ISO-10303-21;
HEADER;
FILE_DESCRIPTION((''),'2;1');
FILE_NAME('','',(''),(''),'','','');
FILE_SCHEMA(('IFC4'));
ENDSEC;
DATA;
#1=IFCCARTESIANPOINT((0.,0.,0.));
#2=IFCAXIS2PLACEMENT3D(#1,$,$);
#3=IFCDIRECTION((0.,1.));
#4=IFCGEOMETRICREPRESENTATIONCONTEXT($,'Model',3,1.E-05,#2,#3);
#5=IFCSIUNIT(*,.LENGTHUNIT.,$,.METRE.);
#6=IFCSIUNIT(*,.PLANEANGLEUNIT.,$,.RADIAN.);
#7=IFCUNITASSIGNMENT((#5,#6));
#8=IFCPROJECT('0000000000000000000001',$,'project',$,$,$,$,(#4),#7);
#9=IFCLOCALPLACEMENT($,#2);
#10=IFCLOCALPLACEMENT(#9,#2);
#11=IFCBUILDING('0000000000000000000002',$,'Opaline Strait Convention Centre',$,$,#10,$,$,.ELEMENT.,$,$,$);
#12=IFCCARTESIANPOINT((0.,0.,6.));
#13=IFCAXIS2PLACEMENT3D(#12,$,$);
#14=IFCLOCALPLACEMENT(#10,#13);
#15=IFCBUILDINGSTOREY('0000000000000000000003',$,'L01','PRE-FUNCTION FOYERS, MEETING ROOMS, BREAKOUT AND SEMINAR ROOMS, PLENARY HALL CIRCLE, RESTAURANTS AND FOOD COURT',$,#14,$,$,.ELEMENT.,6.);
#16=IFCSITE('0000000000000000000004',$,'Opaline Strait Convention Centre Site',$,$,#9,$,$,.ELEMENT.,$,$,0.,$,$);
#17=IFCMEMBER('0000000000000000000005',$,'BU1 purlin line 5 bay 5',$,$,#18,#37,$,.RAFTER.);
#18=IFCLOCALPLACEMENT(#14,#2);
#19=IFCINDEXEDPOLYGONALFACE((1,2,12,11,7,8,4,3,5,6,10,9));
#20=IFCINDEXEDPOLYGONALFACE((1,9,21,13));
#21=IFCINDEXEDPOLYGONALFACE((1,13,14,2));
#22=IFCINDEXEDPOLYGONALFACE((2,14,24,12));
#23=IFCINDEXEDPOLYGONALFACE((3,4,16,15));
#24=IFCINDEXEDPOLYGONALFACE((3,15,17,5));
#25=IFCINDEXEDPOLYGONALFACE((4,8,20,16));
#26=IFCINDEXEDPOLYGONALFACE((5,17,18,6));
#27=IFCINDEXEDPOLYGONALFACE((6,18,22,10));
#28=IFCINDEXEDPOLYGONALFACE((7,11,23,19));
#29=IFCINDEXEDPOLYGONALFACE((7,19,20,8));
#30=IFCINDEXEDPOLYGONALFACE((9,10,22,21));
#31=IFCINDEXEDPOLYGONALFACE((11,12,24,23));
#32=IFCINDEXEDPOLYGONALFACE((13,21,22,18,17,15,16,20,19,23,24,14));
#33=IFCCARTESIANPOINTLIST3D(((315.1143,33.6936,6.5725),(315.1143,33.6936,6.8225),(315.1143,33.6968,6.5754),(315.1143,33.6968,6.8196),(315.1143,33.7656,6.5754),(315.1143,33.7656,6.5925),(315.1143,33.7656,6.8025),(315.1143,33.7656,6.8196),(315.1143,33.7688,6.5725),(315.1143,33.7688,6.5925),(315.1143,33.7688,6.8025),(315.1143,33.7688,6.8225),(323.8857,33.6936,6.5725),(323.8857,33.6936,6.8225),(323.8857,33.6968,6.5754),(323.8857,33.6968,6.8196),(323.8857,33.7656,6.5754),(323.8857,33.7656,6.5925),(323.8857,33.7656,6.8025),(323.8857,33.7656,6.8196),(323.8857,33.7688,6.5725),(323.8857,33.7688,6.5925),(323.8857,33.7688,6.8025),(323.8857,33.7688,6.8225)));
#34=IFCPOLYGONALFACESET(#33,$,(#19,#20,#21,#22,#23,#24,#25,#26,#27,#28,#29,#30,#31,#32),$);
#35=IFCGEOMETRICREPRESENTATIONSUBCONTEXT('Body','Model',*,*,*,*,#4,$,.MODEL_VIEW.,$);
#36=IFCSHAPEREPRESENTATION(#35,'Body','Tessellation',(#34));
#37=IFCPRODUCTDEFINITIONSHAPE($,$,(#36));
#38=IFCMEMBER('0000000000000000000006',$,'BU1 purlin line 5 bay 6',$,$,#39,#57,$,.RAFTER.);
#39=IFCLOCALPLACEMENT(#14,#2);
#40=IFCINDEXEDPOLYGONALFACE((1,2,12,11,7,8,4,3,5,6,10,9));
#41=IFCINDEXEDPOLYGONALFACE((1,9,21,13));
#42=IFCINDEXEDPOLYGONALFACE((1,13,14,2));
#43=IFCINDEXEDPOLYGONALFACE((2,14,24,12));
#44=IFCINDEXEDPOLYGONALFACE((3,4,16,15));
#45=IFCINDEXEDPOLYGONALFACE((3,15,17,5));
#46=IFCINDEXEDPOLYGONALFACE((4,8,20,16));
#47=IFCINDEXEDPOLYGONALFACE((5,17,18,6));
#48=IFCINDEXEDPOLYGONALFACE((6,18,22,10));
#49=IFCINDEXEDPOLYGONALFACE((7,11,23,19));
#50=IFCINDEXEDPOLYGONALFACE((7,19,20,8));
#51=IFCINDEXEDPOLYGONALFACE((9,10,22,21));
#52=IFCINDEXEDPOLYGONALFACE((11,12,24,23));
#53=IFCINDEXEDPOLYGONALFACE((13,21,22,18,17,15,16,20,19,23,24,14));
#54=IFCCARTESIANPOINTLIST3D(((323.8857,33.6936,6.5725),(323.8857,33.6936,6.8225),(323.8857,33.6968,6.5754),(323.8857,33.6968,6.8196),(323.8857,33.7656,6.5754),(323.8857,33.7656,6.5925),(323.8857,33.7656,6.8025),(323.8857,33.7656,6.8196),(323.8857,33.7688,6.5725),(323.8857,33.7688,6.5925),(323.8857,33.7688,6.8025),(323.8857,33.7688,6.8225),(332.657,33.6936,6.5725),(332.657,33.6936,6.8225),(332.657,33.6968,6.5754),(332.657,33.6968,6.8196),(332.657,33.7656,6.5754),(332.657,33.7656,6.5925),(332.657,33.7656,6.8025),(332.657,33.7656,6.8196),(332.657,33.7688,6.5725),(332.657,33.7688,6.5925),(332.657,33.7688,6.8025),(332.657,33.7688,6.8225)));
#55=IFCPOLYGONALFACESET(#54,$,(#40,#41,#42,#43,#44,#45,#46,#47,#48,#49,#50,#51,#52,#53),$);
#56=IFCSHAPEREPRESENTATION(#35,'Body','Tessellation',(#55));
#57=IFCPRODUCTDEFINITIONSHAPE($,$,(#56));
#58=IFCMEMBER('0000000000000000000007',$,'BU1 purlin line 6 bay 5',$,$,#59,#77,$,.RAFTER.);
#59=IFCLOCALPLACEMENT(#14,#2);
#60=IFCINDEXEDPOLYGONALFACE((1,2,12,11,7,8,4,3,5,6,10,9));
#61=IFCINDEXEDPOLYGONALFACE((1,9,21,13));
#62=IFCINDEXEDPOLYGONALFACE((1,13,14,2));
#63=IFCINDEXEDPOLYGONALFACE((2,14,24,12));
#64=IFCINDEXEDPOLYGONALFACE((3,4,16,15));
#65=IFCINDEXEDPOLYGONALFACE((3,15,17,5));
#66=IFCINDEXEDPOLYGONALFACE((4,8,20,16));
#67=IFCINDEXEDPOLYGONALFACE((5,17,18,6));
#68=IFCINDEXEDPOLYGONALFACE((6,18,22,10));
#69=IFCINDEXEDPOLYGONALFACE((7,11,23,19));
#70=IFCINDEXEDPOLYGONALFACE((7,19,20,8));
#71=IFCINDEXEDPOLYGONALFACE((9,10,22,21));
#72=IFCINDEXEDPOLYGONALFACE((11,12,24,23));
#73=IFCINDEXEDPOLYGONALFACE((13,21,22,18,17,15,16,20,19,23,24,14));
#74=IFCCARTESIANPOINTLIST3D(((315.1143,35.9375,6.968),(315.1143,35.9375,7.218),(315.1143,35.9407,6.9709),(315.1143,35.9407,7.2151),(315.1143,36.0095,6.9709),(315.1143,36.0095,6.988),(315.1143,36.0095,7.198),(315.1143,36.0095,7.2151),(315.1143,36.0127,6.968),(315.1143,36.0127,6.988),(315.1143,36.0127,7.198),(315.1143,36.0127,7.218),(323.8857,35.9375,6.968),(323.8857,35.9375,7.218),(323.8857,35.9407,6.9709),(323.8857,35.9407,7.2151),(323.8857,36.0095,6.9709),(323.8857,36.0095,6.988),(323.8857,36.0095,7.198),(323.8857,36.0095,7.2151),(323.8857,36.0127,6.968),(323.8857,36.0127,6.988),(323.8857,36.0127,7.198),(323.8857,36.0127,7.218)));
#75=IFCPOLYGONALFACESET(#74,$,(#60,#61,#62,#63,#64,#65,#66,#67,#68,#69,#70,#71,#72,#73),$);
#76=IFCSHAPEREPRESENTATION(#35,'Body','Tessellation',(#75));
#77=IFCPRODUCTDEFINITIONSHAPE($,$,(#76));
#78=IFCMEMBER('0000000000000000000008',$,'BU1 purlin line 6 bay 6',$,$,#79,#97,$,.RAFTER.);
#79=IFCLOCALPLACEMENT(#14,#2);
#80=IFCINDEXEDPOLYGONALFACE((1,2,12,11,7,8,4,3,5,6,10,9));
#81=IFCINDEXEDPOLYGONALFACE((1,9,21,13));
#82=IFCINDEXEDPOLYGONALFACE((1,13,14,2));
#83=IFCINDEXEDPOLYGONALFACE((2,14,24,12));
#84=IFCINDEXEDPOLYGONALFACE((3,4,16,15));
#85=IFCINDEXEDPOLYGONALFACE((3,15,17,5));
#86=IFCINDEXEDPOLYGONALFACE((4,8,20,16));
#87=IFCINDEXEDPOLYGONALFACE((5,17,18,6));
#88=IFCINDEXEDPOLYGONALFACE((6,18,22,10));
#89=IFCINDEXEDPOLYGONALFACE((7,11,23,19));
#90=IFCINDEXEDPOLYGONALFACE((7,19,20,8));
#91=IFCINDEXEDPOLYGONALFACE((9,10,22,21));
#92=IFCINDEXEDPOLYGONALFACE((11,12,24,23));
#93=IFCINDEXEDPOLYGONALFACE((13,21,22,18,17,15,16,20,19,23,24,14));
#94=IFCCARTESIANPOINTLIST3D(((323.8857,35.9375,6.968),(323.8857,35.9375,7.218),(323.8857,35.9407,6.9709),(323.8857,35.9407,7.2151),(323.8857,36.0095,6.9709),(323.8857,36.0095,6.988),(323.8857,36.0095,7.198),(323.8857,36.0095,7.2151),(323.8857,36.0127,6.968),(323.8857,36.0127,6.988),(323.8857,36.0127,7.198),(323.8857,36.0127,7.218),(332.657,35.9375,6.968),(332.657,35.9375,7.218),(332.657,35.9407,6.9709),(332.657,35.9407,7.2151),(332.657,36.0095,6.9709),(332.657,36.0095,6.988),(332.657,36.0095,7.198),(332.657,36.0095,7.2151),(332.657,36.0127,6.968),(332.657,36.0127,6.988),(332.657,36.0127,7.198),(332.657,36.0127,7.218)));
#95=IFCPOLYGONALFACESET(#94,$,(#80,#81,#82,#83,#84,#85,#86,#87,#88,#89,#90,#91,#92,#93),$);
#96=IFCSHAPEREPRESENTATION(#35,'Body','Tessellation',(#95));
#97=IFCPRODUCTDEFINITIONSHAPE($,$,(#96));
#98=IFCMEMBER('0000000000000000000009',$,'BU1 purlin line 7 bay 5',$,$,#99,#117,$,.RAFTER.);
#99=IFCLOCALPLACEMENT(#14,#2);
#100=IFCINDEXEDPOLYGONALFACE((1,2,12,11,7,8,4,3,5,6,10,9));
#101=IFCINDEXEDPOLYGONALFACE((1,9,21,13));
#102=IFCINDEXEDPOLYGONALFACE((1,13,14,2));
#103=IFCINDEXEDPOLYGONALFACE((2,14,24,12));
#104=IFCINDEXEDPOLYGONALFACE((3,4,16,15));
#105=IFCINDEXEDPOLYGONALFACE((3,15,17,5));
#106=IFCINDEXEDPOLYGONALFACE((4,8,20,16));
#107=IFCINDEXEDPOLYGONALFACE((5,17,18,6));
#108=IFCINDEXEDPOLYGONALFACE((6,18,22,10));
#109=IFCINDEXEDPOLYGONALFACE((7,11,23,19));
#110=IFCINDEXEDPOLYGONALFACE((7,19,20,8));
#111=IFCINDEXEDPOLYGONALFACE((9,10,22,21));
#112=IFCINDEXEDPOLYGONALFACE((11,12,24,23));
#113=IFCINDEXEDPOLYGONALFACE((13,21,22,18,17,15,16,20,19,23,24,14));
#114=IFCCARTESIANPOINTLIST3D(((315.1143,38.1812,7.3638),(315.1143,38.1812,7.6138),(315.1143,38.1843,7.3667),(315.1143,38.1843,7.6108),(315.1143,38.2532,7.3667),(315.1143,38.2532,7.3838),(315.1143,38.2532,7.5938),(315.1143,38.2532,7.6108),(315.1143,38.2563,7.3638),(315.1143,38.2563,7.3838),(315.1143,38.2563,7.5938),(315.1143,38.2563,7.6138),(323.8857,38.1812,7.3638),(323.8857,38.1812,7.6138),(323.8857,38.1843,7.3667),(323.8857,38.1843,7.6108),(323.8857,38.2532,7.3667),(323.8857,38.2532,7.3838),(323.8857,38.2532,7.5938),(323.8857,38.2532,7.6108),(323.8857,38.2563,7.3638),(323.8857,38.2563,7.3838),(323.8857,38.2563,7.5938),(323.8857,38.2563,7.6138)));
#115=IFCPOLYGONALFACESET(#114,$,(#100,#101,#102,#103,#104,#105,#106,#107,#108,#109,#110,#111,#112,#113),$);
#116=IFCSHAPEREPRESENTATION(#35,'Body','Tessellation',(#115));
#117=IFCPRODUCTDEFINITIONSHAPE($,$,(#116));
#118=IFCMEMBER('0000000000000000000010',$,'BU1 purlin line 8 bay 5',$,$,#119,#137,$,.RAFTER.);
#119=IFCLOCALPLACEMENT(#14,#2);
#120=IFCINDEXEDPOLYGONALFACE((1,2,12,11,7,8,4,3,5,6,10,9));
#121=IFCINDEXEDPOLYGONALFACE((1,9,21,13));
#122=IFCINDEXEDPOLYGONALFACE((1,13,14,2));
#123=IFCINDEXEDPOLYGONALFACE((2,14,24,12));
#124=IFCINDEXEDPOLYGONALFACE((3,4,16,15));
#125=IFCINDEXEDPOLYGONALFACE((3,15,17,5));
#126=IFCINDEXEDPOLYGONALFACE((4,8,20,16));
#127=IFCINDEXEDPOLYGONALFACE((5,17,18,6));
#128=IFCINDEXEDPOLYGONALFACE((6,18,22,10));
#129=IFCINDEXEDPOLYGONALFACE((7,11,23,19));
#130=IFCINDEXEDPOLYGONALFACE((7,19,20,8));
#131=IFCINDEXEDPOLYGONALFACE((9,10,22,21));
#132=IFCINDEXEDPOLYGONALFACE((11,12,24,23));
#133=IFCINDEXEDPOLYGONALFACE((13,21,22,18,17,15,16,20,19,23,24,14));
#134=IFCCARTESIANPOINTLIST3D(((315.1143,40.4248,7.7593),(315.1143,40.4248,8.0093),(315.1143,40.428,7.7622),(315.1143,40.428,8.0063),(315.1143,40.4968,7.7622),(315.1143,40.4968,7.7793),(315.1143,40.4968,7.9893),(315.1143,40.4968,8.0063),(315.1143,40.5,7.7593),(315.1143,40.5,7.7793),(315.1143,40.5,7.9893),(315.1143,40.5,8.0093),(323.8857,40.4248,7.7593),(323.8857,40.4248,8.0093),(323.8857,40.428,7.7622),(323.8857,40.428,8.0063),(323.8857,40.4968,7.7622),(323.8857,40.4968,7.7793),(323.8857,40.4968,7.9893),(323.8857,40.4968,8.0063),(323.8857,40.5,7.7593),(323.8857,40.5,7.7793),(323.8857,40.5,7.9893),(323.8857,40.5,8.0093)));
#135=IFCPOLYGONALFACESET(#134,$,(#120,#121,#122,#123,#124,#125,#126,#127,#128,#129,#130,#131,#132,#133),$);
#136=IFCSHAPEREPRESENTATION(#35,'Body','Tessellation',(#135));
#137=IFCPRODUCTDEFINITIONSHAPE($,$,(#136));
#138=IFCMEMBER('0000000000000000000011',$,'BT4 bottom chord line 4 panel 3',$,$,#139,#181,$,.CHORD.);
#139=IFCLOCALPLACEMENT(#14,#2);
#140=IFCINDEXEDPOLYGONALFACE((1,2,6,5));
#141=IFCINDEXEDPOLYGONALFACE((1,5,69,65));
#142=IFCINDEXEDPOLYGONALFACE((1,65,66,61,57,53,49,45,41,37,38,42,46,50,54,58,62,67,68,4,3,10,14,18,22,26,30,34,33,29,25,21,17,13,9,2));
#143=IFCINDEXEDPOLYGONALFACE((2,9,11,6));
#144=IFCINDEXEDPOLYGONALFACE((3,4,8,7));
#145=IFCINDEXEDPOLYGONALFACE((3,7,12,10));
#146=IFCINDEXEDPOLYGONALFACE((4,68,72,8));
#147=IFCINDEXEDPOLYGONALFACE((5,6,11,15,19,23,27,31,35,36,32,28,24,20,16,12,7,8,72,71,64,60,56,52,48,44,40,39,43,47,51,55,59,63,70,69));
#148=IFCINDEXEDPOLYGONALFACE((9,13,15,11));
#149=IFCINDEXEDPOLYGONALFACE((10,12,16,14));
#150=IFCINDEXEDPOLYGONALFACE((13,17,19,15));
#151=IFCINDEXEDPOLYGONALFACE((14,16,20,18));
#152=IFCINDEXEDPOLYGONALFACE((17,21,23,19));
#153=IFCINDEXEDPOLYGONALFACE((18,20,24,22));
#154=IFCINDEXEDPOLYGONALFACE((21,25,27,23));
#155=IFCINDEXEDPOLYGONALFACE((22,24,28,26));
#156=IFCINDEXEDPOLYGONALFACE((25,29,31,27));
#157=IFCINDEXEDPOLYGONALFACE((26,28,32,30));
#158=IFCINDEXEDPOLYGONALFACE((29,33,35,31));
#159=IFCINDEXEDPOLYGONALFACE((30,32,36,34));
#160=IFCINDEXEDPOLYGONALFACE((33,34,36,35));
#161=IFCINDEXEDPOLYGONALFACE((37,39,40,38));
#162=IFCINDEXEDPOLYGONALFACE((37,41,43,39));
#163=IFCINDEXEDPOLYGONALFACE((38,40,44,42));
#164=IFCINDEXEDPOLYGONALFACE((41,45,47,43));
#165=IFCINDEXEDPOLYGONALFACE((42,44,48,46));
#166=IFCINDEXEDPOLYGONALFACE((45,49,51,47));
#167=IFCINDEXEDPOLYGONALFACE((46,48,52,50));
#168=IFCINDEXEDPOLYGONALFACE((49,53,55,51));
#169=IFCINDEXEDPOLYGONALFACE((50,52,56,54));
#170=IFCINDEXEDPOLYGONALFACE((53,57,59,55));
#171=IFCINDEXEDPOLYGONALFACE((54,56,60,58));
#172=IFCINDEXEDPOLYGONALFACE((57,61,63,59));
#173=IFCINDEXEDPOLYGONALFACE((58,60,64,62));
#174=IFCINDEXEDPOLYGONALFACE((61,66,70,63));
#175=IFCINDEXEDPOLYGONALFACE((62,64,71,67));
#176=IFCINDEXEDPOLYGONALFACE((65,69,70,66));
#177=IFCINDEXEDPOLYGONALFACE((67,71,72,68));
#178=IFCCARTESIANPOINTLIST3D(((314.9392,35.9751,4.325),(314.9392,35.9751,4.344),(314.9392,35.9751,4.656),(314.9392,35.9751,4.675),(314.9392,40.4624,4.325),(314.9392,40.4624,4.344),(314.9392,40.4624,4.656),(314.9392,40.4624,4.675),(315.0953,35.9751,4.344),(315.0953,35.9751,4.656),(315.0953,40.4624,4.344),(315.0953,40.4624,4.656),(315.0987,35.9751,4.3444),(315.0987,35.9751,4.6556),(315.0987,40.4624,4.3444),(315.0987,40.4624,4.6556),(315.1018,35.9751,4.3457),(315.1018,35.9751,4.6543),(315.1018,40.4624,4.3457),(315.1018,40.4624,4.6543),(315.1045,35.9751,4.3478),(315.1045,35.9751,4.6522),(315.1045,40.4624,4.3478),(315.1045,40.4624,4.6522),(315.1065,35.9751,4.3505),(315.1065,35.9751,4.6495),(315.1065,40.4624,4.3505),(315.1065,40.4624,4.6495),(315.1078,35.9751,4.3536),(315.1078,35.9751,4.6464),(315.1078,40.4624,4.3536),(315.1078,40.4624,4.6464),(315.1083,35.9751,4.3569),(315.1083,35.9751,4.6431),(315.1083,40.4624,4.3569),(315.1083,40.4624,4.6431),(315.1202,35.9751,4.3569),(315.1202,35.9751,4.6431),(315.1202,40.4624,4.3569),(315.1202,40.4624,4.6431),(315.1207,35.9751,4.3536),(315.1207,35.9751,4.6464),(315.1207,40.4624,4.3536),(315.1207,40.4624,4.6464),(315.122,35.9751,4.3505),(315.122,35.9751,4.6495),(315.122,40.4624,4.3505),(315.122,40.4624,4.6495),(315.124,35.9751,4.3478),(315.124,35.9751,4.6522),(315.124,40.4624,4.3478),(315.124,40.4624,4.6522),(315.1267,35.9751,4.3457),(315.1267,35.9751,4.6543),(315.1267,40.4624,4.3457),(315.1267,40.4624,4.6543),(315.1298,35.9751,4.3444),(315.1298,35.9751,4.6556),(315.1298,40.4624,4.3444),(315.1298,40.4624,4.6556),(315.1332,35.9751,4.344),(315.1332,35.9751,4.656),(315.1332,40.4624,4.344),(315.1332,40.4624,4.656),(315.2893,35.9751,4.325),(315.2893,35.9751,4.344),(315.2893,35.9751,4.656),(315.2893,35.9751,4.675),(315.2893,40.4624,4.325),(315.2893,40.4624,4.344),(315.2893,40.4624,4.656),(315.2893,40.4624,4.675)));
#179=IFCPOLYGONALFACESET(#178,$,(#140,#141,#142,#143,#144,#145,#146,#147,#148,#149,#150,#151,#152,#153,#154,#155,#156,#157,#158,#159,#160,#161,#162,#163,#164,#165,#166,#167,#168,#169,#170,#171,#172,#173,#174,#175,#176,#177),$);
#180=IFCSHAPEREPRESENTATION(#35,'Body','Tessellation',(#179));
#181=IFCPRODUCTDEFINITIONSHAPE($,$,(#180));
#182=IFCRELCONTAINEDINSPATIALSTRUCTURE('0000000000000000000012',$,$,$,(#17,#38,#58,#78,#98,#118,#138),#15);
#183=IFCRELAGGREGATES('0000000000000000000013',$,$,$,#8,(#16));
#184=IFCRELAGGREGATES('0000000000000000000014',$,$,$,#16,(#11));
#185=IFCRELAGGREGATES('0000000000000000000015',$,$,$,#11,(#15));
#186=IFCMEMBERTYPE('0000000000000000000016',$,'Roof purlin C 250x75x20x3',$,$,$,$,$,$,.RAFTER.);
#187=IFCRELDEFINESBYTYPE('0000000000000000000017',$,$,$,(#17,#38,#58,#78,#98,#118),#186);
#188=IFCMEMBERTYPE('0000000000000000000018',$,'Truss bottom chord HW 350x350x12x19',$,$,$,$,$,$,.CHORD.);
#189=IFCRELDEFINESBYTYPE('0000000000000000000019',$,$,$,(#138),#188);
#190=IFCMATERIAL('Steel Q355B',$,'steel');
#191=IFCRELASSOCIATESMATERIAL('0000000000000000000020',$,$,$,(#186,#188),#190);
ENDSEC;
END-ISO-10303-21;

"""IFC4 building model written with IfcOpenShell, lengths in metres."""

from ifc_helpers import new_model, si_unit, direction, frame, origin, origin_2d, place, context, subcontext, project, spatial, polyline, i_section, outline, extrude, material, material_profile, profile_set, type_object, element, save


model = new_model("IFC4")

# Units and contexts
model_context = context("Model", 3, precision=1e-05, world=origin(), true_north=direction((0.0, 1.0)))
body_context = subcontext(model_context, "Body", "Model", "MODEL_VIEW")
ifc_project = project(units=[si_unit("LENGTHUNIT", "METRE"), si_unit("PLANEANGLEUNIT", "RADIAN")], contexts=[model_context])

# Site, building, storey
site_placement = place(None, origin())
site = spatial("IfcSite", under=ifc_project, at=site_placement, Name="Opaline Strait Convention Centre Site", CompositionType="ELEMENT", RefElevation=0.0)
building_placement = place(site_placement, origin())
building = spatial("IfcBuilding", under=site, at=building_placement, Name="Opaline Strait Convention Centre", CompositionType="ELEMENT")
storey_placement = place(building_placement, frame((0.0, 0.0, 6.0)))
storey = spatial("IfcBuildingStorey", under=building, at=storey_placement, Name="L01", Description="PRE-FUNCTION FOYERS, MEETING ROOMS, BREAKOUT AND SEMINAR ROOMS, PLENARY HALL CIRCLE, RESTAURANTS AND FOOD COURT", CompositionType="ELEMENT", Elevation=6.0)

# Members
ifc_material_1 = material(Name="Steel Q355B", Category="steel")
ifc_material_profile_1 = material_profile(ifc_material_1, outline(polyline([(-0.0376, -0.125), (0.0376, -0.125), (0.0376, -0.105), (0.0344, -0.105), (0.0344, -0.1221), (-0.0344, -0.1221), (-0.0344, 0.1221), (0.0344, 0.1221), (0.0344, 0.105), (0.0376, 0.105), (0.0376, 0.125), (-0.0376, 0.125), (-0.0376, -0.125)])), Name="C 250x75x20x3")
ifc_profile_set_1 = profile_set([ifc_material_profile_1], Name="Steel Q355B")
member_type_1 = type_object("IfcMemberType", Name="Roof purlin C 250x75x20x3", PredefinedType="RAFTER", material=ifc_profile_set_1)
member_1_placement = place(storey_placement, frame((315.1143, 33.7312, 6.6975), z_axis=(1.0, 0.0, 0.0), x_axis=(0.0, 1.0, 0.0)))
element("IfcMember", 1, at=member_1_placement, inside=storey, type_object=member_type_1, Name="BU1 purlin line 5 bay 5", PredefinedType="RAFTER", context=body_context, shape_type="SweptSolid", body=[
    extrude(outline(polyline([(-0.0376, -0.125), (0.0376, -0.125), (0.0376, -0.105), (0.0344, -0.105), (0.0344, -0.1221), (-0.0344, -0.1221), (-0.0344, 0.1221), (0.0344, 0.1221), (0.0344, 0.105), (0.0376, 0.105), (0.0376, 0.125), (-0.0376, 0.125), (-0.0376, -0.125)])), origin(), (0.0, 0.0, 1.0), 8.7715),
])
member_2_placement = place(storey_placement, frame((323.8857, 33.7312, 6.6975), z_axis=(1.0, 0.0, 0.0), x_axis=(0.0, 1.0, 0.0)))
element("IfcMember", 2, at=member_2_placement, inside=storey, type_object=member_type_1, Name="BU1 purlin line 5 bay 6", PredefinedType="RAFTER", context=body_context, shape_type="SweptSolid", body=[
    extrude(outline(polyline([(-0.0376, -0.125), (0.0376, -0.125), (0.0376, -0.105), (0.0344, -0.105), (0.0344, -0.1221), (-0.0344, -0.1221), (-0.0344, 0.1221), (0.0344, 0.1221), (0.0344, 0.105), (0.0376, 0.105), (0.0376, 0.125), (-0.0376, 0.125), (-0.0376, -0.125)])), origin(), (0.0, 0.0, 1.0), 8.7712),
])
member_3_placement = place(storey_placement, frame((315.1143, 35.9751, 7.093), z_axis=(1.0, 0.0, 0.0), x_axis=(0.0, 1.0, 0.0)))
element("IfcMember", 3, at=member_3_placement, inside=storey, type_object=member_type_1, Name="BU1 purlin line 6 bay 5", PredefinedType="RAFTER", context=body_context, shape_type="SweptSolid", body=[
    extrude(outline(polyline([(-0.0376, -0.125), (0.0376, -0.125), (0.0376, -0.105), (0.0344, -0.105), (0.0344, -0.1221), (-0.0344, -0.1221), (-0.0344, 0.1221), (0.0344, 0.1221), (0.0344, 0.105), (0.0376, 0.105), (0.0376, 0.125), (-0.0376, 0.125), (-0.0376, -0.125)])), origin(), (0.0, 0.0, 1.0), 8.7715),
])
member_4_placement = place(storey_placement, frame((323.8857, 35.9751, 7.093), z_axis=(1.0, 0.0, 0.0), x_axis=(0.0, 1.0, 0.0)))
element("IfcMember", 4, at=member_4_placement, inside=storey, type_object=member_type_1, Name="BU1 purlin line 6 bay 6", PredefinedType="RAFTER", context=body_context, shape_type="SweptSolid", body=[
    extrude(outline(polyline([(-0.0376, -0.125), (0.0376, -0.125), (0.0376, -0.105), (0.0344, -0.105), (0.0344, -0.1221), (-0.0344, -0.1221), (-0.0344, 0.1221), (0.0344, 0.1221), (0.0344, 0.105), (0.0376, 0.105), (0.0376, 0.125), (-0.0376, 0.125), (-0.0376, -0.125)])), origin(), (0.0, 0.0, 1.0), 8.7712),
])
for number, where, z_axis, x_axis, name in (
    (5, (315.1143, 38.2188, 7.4888), (1.0, 0.0, 0.0), (0.0, 1.0, 0.0), "BU1 purlin line 7 bay 5"),
    (6, (315.1143, 40.4624, 7.8843), (1.0, 0.0, 0.0), (0.0, 1.0, 0.0), "BU1 purlin line 8 bay 5"),
):
    element("IfcMember", number, at=place(storey_placement, frame(where, z_axis=z_axis, x_axis=x_axis)), inside=storey, type_object=member_type_1, Name=name, PredefinedType="RAFTER", context=body_context, shape_type="SweptSolid", body=[
        extrude(outline(polyline([(-0.0376, -0.125), (0.0376, -0.125), (0.0376, -0.105), (0.0344, -0.105), (0.0344, -0.1221), (-0.0344, -0.1221), (-0.0344, 0.1221), (0.0344, 0.1221), (0.0344, 0.105), (0.0376, 0.105), (0.0376, 0.125), (-0.0376, 0.125), (-0.0376, -0.125)])), origin(), (0.0, 0.0, 1.0), 8.7715),
    ])
ifc_material_profile_2 = material_profile(ifc_material_1, i_section(OverallWidth=0.3501, OverallDepth=0.3501, WebThickness=0.012, FlangeThickness=0.019, FilletRadius=0.0129, at=origin_2d()), Name="HW 350x350x12x19")
ifc_profile_set_2 = profile_set([ifc_material_profile_2], Name="Steel Q355B")
member_type_2 = type_object("IfcMemberType", Name="Truss bottom chord HW 350x350x12x19", PredefinedType="CHORD", material=ifc_profile_set_2)
member_5_placement = place(storey_placement, frame((315.1143, 35.9751, 4.5), z_axis=(0.0, 1.0, 0.0), x_axis=(-1.0, 0.0, 0.0)))
element("IfcMember", 7, at=member_5_placement, inside=storey, type_object=member_type_2, Name="BT4 bottom chord line 4 panel 3", PredefinedType="CHORD", context=body_context, shape_type="SweptSolid", body=[
    extrude(i_section(OverallWidth=0.3501, OverallDepth=0.3501, WebThickness=0.012, FlangeThickness=0.019, FilletRadius=0.0129, at=origin_2d()), origin(), (0.0, 0.0, 1.0), 4.4873),
])

save(model, "model.ifc")
